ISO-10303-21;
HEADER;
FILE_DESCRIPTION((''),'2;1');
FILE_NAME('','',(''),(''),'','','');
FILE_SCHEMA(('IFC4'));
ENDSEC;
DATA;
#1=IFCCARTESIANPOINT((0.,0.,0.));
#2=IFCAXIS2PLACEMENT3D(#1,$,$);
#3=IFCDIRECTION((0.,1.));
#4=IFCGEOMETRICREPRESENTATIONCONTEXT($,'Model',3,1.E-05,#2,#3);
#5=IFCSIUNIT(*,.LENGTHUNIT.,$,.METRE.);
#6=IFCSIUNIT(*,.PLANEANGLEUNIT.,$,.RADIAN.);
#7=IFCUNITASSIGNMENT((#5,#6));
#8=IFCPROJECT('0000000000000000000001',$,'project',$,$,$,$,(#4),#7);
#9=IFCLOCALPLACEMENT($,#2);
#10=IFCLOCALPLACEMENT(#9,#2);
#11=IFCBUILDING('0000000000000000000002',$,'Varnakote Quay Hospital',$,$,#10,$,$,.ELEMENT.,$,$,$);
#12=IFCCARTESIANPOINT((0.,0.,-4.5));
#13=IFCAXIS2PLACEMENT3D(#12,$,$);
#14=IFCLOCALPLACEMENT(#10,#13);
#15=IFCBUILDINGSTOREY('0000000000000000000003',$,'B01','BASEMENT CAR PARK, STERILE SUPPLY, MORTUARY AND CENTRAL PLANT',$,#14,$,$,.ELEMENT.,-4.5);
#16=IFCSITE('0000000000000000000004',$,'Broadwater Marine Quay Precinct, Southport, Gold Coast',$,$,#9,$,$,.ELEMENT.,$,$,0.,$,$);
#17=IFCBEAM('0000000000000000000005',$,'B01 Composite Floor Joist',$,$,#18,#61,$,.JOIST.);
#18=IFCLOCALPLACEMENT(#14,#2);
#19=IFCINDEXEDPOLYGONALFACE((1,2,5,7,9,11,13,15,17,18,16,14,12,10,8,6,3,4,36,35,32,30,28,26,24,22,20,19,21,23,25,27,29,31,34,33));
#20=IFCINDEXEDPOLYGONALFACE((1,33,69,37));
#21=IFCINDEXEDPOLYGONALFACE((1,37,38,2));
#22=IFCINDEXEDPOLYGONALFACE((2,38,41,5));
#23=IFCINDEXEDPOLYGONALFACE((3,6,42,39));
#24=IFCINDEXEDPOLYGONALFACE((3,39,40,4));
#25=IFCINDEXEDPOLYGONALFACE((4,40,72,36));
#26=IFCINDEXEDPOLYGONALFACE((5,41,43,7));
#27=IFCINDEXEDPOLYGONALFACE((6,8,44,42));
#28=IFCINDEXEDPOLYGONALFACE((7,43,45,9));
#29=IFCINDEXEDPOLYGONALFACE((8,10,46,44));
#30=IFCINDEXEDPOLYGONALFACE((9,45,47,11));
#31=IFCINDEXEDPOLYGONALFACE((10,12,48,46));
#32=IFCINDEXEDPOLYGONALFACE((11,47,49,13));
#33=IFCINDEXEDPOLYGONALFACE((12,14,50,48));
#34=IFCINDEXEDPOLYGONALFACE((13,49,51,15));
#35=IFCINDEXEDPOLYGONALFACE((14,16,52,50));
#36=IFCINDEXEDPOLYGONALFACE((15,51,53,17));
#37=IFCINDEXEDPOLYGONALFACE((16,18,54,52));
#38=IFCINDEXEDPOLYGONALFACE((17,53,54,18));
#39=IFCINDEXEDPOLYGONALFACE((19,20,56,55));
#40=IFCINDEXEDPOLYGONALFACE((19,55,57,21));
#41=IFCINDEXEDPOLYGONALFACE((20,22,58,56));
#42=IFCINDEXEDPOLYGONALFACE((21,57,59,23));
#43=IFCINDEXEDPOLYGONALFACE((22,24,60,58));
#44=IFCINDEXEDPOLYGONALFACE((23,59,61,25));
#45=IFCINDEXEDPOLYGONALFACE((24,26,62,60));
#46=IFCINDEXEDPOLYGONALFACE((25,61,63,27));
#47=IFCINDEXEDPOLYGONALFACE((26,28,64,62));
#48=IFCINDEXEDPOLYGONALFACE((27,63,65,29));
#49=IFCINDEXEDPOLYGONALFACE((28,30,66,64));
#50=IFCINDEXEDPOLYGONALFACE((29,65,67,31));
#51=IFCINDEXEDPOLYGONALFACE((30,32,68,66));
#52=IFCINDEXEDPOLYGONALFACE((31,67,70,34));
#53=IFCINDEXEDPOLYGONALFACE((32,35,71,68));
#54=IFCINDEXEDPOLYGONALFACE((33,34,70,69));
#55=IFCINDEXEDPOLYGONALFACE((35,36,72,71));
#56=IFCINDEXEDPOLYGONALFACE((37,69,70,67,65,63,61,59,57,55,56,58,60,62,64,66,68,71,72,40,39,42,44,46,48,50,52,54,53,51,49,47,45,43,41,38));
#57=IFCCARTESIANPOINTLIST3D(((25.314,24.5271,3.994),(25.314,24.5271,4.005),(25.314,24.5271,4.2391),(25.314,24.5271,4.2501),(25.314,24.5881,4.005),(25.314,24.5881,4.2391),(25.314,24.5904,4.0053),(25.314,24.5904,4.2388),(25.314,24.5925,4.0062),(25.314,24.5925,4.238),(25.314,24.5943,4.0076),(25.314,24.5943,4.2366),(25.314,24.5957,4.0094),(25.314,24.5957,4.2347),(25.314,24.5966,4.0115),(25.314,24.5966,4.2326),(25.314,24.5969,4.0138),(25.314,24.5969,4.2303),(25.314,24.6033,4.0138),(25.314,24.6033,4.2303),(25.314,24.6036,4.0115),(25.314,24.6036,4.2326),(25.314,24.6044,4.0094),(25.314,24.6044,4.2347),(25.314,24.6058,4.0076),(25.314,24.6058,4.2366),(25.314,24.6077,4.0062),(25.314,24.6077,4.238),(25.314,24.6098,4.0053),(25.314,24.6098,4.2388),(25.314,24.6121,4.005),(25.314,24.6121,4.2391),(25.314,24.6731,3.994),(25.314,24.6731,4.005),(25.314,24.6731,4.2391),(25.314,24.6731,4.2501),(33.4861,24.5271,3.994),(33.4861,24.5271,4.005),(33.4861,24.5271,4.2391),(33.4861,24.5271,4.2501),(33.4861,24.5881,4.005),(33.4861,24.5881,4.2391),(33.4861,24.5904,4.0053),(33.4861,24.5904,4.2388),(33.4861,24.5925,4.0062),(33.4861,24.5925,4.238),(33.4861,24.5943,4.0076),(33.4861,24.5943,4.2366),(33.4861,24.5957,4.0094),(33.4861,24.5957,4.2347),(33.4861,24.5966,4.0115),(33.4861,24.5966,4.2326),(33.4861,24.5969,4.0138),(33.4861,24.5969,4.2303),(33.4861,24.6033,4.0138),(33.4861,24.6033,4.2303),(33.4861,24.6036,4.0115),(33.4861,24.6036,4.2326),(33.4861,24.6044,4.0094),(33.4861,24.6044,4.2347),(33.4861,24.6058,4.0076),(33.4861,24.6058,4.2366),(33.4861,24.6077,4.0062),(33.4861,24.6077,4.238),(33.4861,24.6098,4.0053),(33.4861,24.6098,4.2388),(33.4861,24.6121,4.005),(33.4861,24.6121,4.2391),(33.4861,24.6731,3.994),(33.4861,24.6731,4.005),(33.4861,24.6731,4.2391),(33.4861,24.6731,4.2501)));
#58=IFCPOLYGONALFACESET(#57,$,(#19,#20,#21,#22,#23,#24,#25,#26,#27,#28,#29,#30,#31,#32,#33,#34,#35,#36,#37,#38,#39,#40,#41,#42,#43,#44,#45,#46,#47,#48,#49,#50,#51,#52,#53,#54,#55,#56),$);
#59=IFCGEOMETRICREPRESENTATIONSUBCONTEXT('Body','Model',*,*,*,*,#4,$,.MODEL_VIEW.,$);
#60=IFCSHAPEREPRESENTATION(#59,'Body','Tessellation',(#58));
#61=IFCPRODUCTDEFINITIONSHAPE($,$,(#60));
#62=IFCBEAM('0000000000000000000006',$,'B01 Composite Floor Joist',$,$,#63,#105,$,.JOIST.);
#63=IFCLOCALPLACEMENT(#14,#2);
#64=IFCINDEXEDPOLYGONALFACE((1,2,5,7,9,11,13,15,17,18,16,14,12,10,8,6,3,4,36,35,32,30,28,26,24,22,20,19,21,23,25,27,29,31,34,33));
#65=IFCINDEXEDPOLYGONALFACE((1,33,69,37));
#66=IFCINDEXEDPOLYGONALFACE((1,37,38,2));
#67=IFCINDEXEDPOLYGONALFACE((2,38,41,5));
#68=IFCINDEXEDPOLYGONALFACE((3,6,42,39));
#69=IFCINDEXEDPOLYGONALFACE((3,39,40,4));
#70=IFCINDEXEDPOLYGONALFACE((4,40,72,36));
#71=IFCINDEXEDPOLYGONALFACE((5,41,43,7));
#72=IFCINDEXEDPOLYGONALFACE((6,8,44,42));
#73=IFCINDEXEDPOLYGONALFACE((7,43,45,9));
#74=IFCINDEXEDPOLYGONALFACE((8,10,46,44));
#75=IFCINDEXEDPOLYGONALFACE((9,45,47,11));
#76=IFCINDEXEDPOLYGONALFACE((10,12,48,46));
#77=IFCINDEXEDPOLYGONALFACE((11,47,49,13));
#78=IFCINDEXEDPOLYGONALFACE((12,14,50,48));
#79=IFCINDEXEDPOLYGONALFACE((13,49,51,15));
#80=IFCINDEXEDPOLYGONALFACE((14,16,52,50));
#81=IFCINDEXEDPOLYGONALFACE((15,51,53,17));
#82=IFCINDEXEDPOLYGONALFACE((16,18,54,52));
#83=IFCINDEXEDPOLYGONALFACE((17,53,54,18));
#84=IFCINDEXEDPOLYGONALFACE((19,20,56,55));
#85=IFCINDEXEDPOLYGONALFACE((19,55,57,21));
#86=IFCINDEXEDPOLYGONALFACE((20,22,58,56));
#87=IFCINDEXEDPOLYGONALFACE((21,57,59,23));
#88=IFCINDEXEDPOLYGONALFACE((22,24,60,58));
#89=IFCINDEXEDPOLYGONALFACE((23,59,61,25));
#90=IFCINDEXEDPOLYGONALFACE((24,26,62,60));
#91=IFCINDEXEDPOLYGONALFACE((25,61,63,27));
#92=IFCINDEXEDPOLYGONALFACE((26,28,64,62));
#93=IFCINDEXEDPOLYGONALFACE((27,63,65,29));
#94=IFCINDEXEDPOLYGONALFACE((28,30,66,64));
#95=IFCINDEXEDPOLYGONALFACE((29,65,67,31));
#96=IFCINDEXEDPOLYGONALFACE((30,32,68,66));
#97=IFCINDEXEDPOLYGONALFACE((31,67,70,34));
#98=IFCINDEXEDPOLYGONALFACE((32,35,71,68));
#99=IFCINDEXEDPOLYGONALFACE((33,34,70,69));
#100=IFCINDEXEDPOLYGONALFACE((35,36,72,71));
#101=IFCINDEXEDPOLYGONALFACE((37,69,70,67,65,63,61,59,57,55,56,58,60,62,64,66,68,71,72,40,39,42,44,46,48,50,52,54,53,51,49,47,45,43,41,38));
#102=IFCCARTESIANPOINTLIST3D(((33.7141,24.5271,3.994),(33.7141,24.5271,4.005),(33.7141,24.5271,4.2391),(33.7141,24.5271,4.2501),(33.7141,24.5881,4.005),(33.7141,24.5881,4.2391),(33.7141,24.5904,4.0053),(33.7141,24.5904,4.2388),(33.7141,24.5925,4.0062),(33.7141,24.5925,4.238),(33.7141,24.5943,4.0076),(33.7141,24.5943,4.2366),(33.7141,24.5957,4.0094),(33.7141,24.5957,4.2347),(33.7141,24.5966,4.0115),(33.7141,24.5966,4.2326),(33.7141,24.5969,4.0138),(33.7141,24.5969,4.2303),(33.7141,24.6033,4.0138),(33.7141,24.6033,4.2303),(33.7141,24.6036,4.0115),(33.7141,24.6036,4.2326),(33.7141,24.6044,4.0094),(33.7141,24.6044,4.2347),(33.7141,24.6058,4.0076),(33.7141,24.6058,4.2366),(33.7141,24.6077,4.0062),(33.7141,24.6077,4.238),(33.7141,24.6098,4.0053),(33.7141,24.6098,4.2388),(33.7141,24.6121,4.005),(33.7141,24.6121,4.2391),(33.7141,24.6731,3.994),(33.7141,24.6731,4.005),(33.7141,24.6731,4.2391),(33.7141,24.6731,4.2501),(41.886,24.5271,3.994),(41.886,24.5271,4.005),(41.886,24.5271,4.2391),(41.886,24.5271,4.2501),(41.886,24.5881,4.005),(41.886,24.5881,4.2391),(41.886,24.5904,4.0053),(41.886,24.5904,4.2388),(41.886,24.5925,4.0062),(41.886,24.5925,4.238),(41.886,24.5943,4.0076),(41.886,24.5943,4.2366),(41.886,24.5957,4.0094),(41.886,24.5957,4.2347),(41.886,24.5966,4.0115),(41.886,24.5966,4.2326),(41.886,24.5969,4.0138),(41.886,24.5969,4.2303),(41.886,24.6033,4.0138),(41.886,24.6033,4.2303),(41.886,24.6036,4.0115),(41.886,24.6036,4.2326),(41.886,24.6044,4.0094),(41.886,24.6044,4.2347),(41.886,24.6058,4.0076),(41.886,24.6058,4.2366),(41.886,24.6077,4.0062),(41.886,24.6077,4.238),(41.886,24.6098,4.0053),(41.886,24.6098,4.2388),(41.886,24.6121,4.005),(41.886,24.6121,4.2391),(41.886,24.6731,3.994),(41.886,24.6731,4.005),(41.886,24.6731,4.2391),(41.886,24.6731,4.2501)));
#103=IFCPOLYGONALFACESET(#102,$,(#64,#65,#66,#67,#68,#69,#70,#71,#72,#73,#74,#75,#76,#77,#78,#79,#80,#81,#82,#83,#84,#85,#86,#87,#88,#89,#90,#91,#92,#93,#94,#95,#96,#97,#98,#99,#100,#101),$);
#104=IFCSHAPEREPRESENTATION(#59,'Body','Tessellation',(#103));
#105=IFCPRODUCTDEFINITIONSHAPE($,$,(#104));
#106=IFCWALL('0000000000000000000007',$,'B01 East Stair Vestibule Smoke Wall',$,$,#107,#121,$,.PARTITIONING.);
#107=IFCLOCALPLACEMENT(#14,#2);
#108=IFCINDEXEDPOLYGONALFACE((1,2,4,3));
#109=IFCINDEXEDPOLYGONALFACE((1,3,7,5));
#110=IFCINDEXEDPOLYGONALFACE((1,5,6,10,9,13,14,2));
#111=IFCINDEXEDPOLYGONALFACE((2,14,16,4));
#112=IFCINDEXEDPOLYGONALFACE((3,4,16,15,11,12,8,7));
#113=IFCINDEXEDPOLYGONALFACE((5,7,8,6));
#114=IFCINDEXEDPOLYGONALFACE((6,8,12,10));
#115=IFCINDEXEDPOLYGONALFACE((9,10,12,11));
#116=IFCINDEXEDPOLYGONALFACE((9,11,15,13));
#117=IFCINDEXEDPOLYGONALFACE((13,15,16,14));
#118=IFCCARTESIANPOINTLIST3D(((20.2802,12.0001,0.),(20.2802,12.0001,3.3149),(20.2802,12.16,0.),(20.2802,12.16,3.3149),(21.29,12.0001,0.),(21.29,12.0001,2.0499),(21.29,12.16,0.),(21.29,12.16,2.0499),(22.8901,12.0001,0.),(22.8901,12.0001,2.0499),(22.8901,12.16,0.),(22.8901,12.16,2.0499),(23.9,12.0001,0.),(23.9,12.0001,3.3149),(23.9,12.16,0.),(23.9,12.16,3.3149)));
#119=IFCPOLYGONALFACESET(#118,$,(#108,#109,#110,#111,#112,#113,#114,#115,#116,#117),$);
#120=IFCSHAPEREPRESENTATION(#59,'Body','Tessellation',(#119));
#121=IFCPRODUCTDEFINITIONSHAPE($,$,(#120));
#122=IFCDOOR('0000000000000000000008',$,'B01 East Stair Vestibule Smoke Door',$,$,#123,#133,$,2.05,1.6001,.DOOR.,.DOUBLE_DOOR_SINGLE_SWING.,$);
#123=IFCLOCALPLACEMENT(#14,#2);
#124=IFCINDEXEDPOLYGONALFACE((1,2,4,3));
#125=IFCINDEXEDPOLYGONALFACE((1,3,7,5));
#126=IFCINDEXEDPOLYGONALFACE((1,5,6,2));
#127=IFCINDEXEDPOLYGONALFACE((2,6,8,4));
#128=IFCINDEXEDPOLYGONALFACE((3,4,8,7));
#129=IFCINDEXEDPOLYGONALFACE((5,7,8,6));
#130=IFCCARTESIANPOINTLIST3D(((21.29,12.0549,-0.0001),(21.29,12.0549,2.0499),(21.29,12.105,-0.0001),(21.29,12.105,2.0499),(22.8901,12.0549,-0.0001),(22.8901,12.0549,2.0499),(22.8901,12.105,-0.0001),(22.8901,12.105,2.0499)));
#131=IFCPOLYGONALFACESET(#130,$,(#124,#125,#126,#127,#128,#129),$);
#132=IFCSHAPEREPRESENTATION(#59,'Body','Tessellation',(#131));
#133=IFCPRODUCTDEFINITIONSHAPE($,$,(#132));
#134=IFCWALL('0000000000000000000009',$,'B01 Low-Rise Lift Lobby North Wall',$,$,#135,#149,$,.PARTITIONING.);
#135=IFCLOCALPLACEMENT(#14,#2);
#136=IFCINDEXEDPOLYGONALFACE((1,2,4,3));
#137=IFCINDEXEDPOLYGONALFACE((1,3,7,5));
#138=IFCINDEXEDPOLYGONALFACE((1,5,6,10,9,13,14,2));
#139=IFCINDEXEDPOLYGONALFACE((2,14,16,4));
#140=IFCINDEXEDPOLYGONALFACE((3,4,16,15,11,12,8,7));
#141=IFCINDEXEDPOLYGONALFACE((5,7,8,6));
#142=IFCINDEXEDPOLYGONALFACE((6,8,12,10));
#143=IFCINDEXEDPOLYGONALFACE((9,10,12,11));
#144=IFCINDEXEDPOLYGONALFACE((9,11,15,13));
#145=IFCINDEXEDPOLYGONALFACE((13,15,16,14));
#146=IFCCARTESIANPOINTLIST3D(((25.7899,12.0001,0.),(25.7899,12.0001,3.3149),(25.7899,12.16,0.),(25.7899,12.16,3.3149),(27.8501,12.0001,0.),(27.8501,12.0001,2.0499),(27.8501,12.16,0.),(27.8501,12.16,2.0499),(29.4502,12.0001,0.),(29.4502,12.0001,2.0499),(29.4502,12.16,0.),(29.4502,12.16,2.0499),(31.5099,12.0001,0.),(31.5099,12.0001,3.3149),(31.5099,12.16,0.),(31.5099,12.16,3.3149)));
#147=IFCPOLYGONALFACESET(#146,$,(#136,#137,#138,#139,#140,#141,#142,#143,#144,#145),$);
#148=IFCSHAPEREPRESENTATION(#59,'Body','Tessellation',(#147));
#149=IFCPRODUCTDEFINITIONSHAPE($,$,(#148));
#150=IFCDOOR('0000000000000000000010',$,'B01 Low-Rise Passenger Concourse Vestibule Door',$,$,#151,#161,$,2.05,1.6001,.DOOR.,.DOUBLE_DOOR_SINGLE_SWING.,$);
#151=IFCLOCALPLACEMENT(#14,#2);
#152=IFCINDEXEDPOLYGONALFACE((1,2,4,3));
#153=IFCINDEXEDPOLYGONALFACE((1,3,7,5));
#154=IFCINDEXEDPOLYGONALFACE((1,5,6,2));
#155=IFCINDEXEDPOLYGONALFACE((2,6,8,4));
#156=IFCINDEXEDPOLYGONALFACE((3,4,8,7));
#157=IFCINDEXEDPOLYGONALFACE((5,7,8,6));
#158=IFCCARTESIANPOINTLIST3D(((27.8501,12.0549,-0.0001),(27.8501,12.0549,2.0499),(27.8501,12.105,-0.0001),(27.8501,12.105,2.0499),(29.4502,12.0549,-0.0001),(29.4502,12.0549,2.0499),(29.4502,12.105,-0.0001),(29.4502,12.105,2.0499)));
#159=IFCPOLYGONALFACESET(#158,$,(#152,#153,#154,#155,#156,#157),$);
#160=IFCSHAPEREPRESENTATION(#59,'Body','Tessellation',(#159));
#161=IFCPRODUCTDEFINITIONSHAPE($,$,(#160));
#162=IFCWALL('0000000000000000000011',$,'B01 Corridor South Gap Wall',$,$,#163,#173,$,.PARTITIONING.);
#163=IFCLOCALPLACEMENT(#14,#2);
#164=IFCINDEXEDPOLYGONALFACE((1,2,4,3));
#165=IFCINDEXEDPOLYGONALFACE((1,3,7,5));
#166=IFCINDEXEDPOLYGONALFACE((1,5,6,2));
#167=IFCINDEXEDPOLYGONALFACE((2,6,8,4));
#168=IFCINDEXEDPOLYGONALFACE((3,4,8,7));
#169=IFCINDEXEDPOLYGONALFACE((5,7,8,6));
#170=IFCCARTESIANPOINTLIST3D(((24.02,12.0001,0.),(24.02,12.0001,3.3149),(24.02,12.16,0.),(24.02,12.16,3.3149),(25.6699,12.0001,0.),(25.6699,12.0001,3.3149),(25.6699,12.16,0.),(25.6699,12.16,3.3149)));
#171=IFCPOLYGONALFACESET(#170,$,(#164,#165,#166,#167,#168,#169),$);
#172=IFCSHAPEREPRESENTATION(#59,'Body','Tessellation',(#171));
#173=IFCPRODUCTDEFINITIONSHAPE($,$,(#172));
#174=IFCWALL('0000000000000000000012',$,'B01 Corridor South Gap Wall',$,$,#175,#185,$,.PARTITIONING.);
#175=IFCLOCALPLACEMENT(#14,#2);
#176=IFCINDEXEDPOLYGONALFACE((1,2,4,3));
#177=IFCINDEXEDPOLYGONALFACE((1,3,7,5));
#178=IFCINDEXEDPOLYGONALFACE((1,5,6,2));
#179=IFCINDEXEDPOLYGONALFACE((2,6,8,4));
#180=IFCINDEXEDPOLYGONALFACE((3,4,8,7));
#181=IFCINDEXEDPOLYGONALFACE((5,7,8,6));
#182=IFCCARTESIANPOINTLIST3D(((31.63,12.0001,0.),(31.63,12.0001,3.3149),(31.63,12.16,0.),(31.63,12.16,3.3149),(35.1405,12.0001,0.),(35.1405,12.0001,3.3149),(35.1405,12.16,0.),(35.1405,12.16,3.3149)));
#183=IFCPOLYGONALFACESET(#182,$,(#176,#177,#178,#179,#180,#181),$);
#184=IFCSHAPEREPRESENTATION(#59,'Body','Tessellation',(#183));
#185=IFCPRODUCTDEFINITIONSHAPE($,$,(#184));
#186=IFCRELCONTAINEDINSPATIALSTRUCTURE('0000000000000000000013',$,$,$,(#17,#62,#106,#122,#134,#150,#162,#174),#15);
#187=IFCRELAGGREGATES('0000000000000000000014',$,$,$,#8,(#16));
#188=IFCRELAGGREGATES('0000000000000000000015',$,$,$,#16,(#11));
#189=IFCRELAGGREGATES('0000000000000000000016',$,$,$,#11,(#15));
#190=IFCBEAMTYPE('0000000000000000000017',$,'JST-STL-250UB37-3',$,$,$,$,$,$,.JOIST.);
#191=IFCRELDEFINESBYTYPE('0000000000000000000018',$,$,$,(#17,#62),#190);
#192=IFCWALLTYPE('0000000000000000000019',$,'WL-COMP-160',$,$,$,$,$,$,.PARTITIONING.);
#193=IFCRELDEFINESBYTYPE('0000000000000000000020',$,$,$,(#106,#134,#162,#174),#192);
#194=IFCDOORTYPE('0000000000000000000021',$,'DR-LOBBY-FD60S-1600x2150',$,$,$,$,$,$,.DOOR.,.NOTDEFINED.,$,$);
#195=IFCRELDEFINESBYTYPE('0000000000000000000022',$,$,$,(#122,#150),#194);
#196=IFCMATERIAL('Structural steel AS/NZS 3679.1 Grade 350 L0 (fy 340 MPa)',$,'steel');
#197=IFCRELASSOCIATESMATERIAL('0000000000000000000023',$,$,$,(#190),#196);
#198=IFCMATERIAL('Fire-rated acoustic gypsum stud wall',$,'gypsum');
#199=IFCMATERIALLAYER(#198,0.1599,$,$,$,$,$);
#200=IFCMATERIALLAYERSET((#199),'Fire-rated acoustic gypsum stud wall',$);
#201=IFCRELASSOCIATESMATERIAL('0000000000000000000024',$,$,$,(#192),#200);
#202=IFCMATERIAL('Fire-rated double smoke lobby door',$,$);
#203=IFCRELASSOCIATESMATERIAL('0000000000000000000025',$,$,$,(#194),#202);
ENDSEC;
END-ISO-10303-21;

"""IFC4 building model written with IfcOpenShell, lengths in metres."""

from ifc_helpers import new_model, si_unit, direction, frame, frame_2d, origin, origin_2d, place, context, subcontext, project, spatial, rectangle, i_section, extrude, material, layer, layer_set, material_profile, profile_set, type_object, element, fill, save


model = new_model("IFC4")

# Units and contexts
model_context = context("Model", 3, precision=1e-05, world=origin(), true_north=direction((0.0, 1.0)))
body_context = subcontext(model_context, "Body", "Model", "MODEL_VIEW")
ifc_project = project(units=[si_unit("LENGTHUNIT", "METRE"), si_unit("PLANEANGLEUNIT", "RADIAN")], contexts=[model_context])

# Site, building, storey
site_placement = place(None, origin())
site = spatial("IfcSite", under=ifc_project, at=site_placement, Name="Broadwater Marine Quay Precinct, Southport, Gold Coast", CompositionType="ELEMENT", RefElevation=0.0)
building_placement = place(site_placement, origin())
building = spatial("IfcBuilding", under=site, at=building_placement, Name="Varnakote Quay Hospital", CompositionType="ELEMENT")
storey_placement = place(building_placement, frame((0.0, 0.0, -4.5)))
storey = spatial("IfcBuildingStorey", under=building, at=storey_placement, Name="B01", Description="BASEMENT CAR PARK, STERILE SUPPLY, MORTUARY AND CENTRAL PLANT", CompositionType="ELEMENT", Elevation=-4.5)

# Beams
ifc_material_1 = material(Name="Structural steel AS/NZS 3679.1 Grade 350 L0 (fy 340 MPa)", Category="steel")
ifc_material_profile_1 = material_profile(ifc_material_1, i_section(OverallWidth=0.146, OverallDepth=0.2561, WebThickness=0.0063, FlangeThickness=0.011, FilletRadius=0.0088, at=origin_2d()), Name="250UB37.3")
ifc_profile_set_1 = profile_set([ifc_material_profile_1], Name="Structural steel AS/NZS 3679.1 Grade 350 L0 (fy 340 MPa)")
beam_type_1 = type_object("IfcBeamType", Name="JST-STL-250UB37-3", PredefinedType="JOIST", material=ifc_profile_set_1)
beam_1_placement = place(storey_placement, frame((25.314, 24.6001, 4.1221), z_axis=(1.0, 0.0, 0.0), x_axis=(0.0, 1.0, 0.0)))
element("IfcBeam", 1, at=beam_1_placement, inside=storey, type_object=beam_type_1, Name="B01 Composite Floor Joist", PredefinedType="JOIST", context=body_context, shape_type="SweptSolid", body=[
    extrude(i_section(OverallWidth=0.146, OverallDepth=0.2561, WebThickness=0.0063, FlangeThickness=0.011, FilletRadius=0.0088, at=origin_2d()), origin(), (0.0, 0.0, 1.0), 8.1721),
])
beam_2_placement = place(storey_placement, frame((33.7141, 24.6001, 4.1221), z_axis=(1.0, 0.0, 0.0), x_axis=(0.0, 1.0, 0.0)))
element("IfcBeam", 2, at=beam_2_placement, inside=storey, type_object=beam_type_1, Name="B01 Composite Floor Joist", PredefinedType="JOIST", context=body_context, shape_type="SweptSolid", body=[
    extrude(i_section(OverallWidth=0.146, OverallDepth=0.2561, WebThickness=0.0063, FlangeThickness=0.011, FilletRadius=0.0088, at=origin_2d()), origin(), (0.0, 0.0, 1.0), 8.1719),
])

# Walls, openings, doors
ifc_material_2 = material(Name="Fire-rated acoustic gypsum stud wall", Category="gypsum")
ifc_layer = layer(ifc_material_2, 0.1599)
ifc_layer_set = layer_set([ifc_layer], Name="Fire-rated acoustic gypsum stud wall")
wall_type = type_object("IfcWallType", Name="WL-COMP-160", PredefinedType="PARTITIONING", material=ifc_layer_set)
wall_1_placement = place(storey_placement, frame((20.28, 12.0801, 0.0), z_axis=(0.0, 0.0, 1.0), x_axis=(1.0, 0.0, 0.0)))
wall_1 = element("IfcWall", 3, at=wall_1_placement, inside=storey, type_object=wall_type, Name="B01 East Stair Vestibule Smoke Wall", PredefinedType="PARTITIONING", context=body_context, shape_type="SweptSolid", body=[
    extrude(rectangle(XDim=3.6199, YDim=0.1599, at=frame_2d((1.8101, 0.0))), origin(), (0.0, 0.0, 1.0), 3.3149),
])
opening_1_placement = place(wall_1_placement, frame((1.01, 0.0, 0.0)))
opening_1 = element("IfcOpeningElement", 4, at=opening_1_placement, cuts=wall_1, PredefinedType="OPENING", context=body_context, shape_type="SweptSolid", body=[
    extrude(rectangle(XDim=1.6001, YDim=2.05, at=frame_2d((0.8, 1.0249))), frame((0.0, 0.0898, 0.0), z_axis=(0.0, -1.0, 0.0), x_axis=(1.0, 0.0, 0.0)), (0.0, 0.0, 1.0), 0.1799),
])
ifc_material_3 = material(Name="Fire-rated double smoke lobby door")
door_type = type_object("IfcDoorType", Name="DR-LOBBY-FD60S-1600x2150", OperationType="NOTDEFINED", PredefinedType="DOOR", material=ifc_material_3)
door_1_placement = place(opening_1_placement, origin())
door_1 = element("IfcDoor", 5, at=door_1_placement, inside=storey, type_object=door_type, Name="B01 East Stair Vestibule Smoke Door", OperationType="DOUBLE_DOOR_SINGLE_SWING", OverallHeight=2.05, OverallWidth=1.6001, PredefinedType="DOOR", context=body_context, shape_type="SweptSolid", body=[
    extrude(rectangle(XDim=1.6001, YDim=2.05, at=frame_2d((0.8, 1.0249))), frame((0.0, 0.0249, 0.0), z_axis=(0.0, -1.0, 0.0), x_axis=(1.0, 0.0, 0.0)), (0.0, 0.0, 1.0), 0.05),
])
fill(opening_1, door_1)
wall_2_placement = place(storey_placement, frame((25.79, 12.0801, 0.0), z_axis=(0.0, 0.0, 1.0), x_axis=(1.0, 0.0, 0.0)))
wall_2 = element("IfcWall", 6, at=wall_2_placement, inside=storey, type_object=wall_type, Name="B01 Low-Rise Lift Lobby North Wall", PredefinedType="PARTITIONING", context=body_context, shape_type="SweptSolid", body=[
    extrude(rectangle(XDim=5.72, YDim=0.1599, at=frame_2d((2.8599, 0.0))), origin(), (0.0, 0.0, 1.0), 3.3149),
])
opening_2_placement = place(wall_2_placement, frame((2.0601, 0.0, 0.0)))
opening_2 = element("IfcOpeningElement", 7, at=opening_2_placement, cuts=wall_2, PredefinedType="OPENING", context=body_context, shape_type="SweptSolid", body=[
    extrude(rectangle(XDim=1.6001, YDim=2.05, at=frame_2d((0.8, 1.0249))), frame((0.0, 0.0898, 0.0), z_axis=(0.0, -1.0, 0.0), x_axis=(1.0, 0.0, 0.0)), (0.0, 0.0, 1.0), 0.1799),
])
door_2_placement = place(opening_2_placement, origin())
door_2 = element("IfcDoor", 8, at=door_2_placement, inside=storey, type_object=door_type, Name="B01 Low-Rise Passenger Concourse Vestibule Door", OperationType="DOUBLE_DOOR_SINGLE_SWING", OverallHeight=2.05, OverallWidth=1.6001, PredefinedType="DOOR", context=body_context, shape_type="SweptSolid", body=[
    extrude(rectangle(XDim=1.6001, YDim=2.05, at=frame_2d((0.8, 1.0249))), frame((0.0, 0.0249, 0.0), z_axis=(0.0, -1.0, 0.0), x_axis=(1.0, 0.0, 0.0)), (0.0, 0.0, 1.0), 0.05),
])
fill(opening_2, door_2)

# Walls
wall_3_placement = place(storey_placement, frame((24.02, 12.0801, 0.0), z_axis=(0.0, 0.0, 1.0), x_axis=(1.0, 0.0, 0.0)))
element("IfcWall", 9, at=wall_3_placement, inside=storey, type_object=wall_type, Name="B01 Corridor South Gap Wall", PredefinedType="PARTITIONING", context=body_context, shape_type="SweptSolid", body=[
    extrude(rectangle(XDim=1.6499, YDim=0.1599, at=frame_2d((0.825, 0.0))), origin(), (0.0, 0.0, 1.0), 3.3149),
])
wall_4_placement = place(storey_placement, frame((31.6299, 12.0801, 0.0), z_axis=(0.0, 0.0, 1.0), x_axis=(1.0, 0.0, 0.0)))
element("IfcWall", 10, at=wall_4_placement, inside=storey, type_object=wall_type, Name="B01 Corridor South Gap Wall", PredefinedType="PARTITIONING", context=body_context, shape_type="SweptSolid", body=[
    extrude(rectangle(XDim=3.5105, YDim=0.1599, at=frame_2d((1.7554, 0.0))), origin(), (0.0, 0.0, 1.0), 3.3149),
])

save(model, "model.ifc")
